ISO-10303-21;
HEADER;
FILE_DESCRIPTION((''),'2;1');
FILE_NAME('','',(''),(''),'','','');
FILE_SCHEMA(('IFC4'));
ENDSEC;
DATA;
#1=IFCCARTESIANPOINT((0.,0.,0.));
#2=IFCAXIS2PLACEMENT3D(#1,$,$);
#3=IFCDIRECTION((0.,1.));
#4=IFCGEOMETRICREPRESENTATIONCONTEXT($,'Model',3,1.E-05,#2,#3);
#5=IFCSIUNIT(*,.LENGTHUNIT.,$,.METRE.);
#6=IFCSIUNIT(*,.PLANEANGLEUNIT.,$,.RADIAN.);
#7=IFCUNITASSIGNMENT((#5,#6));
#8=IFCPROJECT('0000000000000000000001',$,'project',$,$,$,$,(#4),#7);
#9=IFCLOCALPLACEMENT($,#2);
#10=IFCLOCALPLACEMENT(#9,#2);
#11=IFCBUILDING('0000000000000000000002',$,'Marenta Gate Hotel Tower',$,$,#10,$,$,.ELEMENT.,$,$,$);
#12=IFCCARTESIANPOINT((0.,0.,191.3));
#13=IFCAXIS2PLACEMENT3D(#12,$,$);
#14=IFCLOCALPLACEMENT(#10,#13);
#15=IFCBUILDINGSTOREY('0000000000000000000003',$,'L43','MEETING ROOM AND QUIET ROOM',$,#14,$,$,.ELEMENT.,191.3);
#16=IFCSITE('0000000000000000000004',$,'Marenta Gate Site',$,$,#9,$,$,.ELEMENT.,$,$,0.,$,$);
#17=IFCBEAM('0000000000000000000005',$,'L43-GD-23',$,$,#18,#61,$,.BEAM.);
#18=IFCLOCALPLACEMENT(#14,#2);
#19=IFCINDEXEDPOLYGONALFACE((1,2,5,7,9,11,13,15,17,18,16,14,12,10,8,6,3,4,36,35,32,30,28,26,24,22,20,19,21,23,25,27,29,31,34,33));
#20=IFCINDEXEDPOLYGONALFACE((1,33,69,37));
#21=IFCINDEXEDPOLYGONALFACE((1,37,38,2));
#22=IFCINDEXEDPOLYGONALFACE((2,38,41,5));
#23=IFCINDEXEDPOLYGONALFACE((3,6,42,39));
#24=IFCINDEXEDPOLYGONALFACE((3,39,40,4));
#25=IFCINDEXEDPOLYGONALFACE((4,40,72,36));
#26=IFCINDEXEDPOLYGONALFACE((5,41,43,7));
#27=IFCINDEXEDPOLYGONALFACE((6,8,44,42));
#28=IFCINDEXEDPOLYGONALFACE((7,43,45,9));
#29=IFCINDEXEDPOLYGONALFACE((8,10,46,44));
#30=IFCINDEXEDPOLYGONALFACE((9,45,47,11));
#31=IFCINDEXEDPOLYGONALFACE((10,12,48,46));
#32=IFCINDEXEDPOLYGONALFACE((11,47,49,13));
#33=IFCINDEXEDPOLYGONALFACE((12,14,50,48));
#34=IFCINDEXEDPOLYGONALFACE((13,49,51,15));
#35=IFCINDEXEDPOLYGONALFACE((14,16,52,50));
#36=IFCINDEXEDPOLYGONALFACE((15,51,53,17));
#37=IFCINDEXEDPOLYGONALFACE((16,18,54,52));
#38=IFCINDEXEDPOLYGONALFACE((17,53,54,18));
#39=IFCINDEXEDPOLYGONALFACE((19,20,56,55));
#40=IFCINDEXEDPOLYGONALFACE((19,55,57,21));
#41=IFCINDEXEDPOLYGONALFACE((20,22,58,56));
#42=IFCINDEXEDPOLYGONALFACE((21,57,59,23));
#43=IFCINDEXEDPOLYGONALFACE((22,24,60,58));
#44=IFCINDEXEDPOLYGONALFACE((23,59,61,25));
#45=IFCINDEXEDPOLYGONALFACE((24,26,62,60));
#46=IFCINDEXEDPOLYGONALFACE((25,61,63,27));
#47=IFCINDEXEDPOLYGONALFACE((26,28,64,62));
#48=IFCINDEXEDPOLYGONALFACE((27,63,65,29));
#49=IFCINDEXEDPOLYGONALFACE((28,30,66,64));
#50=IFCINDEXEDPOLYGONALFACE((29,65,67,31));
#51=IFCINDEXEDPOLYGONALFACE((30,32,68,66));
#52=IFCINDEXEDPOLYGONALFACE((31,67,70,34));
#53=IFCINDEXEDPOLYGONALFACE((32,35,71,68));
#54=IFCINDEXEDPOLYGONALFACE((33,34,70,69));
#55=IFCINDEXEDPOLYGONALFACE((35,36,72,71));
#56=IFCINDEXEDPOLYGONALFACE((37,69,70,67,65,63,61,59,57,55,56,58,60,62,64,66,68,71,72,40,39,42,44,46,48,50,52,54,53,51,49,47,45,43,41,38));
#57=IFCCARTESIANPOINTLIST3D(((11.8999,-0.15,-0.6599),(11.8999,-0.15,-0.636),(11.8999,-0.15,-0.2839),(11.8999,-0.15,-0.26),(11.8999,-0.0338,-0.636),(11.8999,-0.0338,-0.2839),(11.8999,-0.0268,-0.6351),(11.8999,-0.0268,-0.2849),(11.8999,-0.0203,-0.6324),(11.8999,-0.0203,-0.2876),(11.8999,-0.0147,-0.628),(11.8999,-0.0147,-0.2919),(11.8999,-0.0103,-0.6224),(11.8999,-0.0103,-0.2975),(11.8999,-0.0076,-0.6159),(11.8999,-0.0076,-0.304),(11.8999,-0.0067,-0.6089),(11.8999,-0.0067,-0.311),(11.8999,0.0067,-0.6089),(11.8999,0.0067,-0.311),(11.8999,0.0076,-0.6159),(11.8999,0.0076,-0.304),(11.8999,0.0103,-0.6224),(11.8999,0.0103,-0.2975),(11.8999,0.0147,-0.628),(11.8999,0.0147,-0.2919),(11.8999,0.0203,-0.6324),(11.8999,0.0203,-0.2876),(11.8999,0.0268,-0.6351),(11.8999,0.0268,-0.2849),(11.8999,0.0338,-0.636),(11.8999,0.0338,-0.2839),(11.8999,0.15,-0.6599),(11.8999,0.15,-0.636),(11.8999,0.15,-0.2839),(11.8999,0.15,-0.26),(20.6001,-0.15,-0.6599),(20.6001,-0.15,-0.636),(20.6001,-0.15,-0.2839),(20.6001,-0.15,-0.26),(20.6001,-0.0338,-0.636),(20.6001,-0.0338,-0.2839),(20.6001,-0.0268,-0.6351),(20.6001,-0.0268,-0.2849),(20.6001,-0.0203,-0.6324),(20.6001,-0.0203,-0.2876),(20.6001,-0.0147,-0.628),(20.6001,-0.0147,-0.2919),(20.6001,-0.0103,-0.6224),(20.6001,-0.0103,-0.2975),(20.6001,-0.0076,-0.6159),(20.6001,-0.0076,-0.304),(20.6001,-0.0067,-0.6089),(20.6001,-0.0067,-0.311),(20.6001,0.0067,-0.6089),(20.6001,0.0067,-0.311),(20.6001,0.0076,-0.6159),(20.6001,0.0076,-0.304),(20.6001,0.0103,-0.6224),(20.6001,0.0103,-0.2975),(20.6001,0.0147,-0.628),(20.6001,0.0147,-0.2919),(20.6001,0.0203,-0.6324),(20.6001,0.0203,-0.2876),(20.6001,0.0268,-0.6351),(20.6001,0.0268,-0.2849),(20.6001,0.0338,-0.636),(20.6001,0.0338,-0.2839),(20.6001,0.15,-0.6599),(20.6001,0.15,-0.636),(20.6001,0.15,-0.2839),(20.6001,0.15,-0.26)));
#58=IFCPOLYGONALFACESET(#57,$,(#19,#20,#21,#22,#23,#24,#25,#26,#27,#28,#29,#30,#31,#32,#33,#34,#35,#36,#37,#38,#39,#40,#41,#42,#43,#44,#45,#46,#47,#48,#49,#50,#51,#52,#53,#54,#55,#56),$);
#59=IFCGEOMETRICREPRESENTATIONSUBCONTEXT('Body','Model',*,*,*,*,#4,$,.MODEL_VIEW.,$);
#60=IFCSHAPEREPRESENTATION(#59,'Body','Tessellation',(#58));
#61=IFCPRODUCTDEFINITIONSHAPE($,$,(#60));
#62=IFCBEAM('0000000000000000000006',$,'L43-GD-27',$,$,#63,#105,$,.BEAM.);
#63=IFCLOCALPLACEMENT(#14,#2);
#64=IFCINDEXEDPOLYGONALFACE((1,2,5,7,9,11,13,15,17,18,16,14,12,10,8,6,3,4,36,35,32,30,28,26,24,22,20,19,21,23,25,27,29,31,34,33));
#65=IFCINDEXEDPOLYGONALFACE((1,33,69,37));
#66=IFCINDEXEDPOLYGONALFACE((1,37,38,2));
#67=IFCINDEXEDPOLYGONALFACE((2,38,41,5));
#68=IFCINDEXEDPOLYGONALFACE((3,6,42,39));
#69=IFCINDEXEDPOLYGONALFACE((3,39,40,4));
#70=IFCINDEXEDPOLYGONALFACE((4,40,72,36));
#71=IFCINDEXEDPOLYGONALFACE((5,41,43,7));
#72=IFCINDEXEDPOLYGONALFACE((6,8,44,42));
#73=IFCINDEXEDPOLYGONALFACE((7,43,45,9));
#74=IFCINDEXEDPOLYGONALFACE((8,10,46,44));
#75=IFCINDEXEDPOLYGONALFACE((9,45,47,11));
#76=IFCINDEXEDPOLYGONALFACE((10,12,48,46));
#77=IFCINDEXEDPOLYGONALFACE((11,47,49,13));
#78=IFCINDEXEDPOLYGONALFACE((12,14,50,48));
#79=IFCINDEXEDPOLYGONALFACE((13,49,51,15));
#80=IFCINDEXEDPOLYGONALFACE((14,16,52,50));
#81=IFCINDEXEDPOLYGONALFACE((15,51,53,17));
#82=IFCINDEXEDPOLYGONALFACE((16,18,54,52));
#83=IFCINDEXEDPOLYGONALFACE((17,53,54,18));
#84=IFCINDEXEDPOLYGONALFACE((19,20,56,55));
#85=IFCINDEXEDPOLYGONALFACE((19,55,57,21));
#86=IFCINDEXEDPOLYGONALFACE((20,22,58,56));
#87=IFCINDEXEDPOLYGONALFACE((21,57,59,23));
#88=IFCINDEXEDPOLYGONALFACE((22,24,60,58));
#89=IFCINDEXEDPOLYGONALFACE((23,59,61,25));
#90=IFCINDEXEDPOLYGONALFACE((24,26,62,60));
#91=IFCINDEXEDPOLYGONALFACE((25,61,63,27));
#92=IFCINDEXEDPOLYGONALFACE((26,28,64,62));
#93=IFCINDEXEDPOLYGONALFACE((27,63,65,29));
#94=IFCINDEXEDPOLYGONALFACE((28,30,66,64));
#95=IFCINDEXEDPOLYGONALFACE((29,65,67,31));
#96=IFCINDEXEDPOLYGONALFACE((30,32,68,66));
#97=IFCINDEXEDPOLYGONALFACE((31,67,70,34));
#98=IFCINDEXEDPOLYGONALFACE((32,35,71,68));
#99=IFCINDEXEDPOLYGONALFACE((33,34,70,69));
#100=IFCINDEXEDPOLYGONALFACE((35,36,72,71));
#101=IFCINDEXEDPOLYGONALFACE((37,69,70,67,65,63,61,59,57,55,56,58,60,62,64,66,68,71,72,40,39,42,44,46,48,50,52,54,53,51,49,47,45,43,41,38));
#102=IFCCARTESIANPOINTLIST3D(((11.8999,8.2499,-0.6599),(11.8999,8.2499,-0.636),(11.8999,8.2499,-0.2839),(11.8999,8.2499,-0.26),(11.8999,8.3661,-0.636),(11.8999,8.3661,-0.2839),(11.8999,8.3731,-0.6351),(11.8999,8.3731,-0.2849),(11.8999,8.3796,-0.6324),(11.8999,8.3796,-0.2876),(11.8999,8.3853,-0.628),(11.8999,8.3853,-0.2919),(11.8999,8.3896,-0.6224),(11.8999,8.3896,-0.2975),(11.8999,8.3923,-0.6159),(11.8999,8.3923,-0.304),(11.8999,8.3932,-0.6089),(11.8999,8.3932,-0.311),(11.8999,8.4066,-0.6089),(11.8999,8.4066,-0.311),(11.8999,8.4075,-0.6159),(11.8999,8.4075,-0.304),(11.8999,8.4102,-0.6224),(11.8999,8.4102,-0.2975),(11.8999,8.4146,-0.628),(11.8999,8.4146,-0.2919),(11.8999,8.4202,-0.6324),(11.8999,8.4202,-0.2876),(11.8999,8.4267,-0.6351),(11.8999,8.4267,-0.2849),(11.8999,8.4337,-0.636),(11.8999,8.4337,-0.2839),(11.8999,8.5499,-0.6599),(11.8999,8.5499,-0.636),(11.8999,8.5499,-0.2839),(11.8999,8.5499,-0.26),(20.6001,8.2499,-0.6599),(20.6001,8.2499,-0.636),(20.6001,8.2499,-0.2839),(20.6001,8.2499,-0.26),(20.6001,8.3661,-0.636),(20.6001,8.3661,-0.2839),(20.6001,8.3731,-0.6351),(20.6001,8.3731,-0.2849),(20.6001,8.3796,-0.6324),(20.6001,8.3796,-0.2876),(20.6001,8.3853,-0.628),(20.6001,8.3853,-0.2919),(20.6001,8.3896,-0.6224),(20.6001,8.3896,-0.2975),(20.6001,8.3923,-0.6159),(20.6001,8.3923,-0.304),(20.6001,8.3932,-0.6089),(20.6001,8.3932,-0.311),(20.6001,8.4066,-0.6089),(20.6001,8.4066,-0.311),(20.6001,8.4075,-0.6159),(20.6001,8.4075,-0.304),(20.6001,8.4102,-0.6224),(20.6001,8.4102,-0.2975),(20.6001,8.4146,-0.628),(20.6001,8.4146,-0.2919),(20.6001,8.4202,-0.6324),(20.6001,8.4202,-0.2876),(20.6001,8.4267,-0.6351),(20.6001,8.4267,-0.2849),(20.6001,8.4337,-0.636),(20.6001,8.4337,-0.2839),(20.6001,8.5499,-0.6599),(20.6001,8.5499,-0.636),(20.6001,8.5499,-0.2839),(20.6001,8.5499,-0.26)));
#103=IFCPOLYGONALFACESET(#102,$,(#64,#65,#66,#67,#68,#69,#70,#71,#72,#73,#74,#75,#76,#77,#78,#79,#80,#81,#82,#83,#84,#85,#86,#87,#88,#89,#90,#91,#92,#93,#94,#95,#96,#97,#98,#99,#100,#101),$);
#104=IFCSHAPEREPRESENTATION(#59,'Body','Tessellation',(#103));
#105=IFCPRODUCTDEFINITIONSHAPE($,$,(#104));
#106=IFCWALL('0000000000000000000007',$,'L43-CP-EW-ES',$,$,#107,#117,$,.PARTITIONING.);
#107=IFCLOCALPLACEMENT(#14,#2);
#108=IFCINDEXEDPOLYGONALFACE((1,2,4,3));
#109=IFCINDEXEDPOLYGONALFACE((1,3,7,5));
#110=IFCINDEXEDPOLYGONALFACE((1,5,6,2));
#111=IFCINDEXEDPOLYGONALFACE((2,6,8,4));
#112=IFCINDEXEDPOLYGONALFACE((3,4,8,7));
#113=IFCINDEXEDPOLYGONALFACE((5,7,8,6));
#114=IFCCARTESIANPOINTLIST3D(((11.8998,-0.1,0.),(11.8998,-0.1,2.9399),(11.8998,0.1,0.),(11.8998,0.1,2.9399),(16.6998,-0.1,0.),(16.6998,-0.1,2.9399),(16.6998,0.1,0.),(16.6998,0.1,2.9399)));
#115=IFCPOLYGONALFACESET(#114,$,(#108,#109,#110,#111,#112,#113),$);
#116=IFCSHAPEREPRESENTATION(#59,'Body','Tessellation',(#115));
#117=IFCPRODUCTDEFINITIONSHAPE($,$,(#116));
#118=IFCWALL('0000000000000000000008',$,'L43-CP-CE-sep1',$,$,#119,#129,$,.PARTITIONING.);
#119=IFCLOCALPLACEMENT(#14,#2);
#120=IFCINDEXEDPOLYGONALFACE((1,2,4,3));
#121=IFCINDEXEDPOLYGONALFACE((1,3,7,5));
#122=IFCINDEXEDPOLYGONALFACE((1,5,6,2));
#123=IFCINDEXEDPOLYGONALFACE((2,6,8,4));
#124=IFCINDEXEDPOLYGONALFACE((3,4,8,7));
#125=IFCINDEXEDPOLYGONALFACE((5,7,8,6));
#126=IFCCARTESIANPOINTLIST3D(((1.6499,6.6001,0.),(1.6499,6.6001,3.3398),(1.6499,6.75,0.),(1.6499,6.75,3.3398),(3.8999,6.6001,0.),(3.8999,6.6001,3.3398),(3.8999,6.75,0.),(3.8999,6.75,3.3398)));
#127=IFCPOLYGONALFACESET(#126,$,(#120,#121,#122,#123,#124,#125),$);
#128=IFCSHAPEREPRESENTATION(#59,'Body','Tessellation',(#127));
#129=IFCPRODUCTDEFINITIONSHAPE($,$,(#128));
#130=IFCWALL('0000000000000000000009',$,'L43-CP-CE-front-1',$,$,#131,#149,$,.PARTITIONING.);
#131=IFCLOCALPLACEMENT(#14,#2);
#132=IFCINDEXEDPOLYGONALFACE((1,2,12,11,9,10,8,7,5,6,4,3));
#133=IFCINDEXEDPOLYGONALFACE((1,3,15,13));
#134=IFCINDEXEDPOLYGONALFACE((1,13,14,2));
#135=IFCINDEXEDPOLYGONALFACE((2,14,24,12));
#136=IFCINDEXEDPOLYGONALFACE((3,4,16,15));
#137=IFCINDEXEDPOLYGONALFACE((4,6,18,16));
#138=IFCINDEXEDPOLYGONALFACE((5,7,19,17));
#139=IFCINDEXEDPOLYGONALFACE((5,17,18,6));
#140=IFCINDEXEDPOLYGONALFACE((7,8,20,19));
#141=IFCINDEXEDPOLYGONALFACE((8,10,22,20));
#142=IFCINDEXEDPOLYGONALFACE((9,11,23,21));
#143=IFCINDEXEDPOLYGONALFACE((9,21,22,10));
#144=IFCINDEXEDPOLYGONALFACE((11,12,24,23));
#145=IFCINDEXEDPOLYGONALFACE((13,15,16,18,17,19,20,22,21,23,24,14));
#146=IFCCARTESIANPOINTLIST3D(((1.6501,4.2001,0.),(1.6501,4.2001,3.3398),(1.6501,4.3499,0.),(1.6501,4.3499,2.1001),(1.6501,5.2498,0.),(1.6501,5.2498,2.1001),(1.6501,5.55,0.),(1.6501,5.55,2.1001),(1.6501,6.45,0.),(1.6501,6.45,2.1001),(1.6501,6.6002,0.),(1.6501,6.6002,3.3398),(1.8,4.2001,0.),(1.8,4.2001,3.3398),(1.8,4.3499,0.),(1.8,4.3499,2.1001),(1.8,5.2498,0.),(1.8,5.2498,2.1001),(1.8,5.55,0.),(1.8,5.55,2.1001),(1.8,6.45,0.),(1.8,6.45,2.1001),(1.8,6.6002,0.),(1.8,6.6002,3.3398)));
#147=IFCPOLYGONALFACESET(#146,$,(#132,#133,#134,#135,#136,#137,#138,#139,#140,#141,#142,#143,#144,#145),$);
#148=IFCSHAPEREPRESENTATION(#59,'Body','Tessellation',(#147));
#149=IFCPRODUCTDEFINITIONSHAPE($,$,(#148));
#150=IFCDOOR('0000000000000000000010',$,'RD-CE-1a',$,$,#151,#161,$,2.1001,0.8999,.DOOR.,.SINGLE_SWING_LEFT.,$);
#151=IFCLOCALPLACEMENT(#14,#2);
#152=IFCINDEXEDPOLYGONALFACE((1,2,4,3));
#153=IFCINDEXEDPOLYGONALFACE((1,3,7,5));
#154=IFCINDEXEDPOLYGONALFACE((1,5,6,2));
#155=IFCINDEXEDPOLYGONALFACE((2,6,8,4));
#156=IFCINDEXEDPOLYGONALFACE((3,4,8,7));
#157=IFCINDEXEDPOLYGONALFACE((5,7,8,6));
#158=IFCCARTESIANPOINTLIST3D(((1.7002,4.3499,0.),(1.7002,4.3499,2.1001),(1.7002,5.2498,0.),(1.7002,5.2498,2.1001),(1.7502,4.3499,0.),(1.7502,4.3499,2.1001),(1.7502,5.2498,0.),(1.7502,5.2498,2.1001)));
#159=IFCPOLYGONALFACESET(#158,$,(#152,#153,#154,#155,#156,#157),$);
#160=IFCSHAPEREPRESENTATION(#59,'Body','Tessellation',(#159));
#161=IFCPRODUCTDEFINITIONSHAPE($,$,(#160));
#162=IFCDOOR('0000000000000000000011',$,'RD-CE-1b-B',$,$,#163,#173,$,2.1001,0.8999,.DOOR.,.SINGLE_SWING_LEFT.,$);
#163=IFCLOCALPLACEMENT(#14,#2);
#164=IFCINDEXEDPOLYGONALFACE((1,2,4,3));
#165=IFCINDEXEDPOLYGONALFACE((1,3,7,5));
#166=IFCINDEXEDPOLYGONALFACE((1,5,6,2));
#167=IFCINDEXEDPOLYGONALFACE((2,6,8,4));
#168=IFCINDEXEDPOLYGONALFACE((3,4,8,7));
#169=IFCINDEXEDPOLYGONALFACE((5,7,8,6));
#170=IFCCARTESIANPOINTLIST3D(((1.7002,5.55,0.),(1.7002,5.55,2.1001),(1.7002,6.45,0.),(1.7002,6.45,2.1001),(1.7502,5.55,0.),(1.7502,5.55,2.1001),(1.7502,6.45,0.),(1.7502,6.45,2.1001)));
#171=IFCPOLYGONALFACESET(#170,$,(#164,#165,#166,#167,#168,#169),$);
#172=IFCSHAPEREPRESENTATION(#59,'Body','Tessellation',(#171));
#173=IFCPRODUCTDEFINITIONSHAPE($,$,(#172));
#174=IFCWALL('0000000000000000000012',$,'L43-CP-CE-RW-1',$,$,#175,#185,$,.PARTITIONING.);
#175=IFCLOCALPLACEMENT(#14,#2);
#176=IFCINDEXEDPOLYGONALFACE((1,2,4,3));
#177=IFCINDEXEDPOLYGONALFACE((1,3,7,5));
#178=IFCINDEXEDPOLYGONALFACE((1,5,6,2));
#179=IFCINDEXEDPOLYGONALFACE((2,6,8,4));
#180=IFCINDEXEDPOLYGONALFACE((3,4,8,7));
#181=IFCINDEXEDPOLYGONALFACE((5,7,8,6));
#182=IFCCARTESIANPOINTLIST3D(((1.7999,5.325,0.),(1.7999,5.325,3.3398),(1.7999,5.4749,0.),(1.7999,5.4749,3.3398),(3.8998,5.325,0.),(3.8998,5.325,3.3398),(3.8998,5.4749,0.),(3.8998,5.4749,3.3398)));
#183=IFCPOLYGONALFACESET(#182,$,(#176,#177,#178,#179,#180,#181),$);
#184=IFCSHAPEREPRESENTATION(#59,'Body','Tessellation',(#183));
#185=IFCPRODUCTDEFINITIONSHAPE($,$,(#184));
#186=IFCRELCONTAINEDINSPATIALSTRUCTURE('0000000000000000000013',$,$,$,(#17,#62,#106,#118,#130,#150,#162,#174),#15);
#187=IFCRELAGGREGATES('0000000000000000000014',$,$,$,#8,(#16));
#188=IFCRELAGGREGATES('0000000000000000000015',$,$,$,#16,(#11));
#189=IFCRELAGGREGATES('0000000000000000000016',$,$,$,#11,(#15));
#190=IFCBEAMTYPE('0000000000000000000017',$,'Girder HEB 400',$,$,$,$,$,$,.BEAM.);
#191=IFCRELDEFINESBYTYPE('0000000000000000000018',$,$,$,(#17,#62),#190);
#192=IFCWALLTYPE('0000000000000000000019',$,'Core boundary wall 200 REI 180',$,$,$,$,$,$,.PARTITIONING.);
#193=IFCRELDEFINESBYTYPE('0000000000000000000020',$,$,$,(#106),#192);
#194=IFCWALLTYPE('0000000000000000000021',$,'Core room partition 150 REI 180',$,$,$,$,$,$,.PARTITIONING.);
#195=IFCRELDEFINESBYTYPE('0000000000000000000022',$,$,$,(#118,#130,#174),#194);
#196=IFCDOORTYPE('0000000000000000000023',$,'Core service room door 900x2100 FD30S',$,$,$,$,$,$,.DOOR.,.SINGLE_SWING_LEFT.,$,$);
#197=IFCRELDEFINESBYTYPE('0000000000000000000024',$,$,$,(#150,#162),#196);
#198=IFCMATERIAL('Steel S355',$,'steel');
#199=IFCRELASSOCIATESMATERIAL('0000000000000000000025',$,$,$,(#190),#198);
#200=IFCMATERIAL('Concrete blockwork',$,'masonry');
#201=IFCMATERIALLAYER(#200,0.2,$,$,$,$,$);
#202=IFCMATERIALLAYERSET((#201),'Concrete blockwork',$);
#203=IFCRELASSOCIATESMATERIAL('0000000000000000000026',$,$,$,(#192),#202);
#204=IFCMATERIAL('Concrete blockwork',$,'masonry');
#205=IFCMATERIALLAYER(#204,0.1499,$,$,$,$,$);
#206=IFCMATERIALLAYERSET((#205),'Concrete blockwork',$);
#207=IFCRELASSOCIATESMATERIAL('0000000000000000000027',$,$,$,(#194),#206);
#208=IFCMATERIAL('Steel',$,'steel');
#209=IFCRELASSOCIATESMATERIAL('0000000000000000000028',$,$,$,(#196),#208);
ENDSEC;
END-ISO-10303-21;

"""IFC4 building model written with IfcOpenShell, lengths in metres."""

from ifc_helpers import new_model, si_unit, direction, frame, frame_2d, origin, origin_2d, place, context, subcontext, project, spatial, rectangle, i_section, extrude, material, layer, layer_set, material_profile, profile_set, type_object, element, fill, save


model = new_model("IFC4")

# Units and contexts
model_context = context("Model", 3, precision=1e-05, world=origin(), true_north=direction((0.0, 1.0)))
body_context = subcontext(model_context, "Body", "Model", "MODEL_VIEW")
ifc_project = project(units=[si_unit("LENGTHUNIT", "METRE"), si_unit("PLANEANGLEUNIT", "RADIAN")], contexts=[model_context])

# Site, building, storey
site_placement = place(None, origin())
site = spatial("IfcSite", under=ifc_project, at=site_placement, Name="Marenta Gate Site", CompositionType="ELEMENT", RefElevation=0.0)
building_placement = place(site_placement, origin())
building = spatial("IfcBuilding", under=site, at=building_placement, Name="Marenta Gate Hotel Tower", CompositionType="ELEMENT")
storey_placement = place(building_placement, frame((0.0, 0.0, 191.3)))
storey = spatial("IfcBuildingStorey", under=building, at=storey_placement, Name="L43", Description="MEETING ROOM AND QUIET ROOM", CompositionType="ELEMENT", Elevation=191.3)

# Beams
ifc_material_1 = material(Name="Steel S355", Category="steel")
ifc_material_profile = material_profile(ifc_material_1, i_section(OverallWidth=0.3, OverallDepth=0.3999, WebThickness=0.0134, FlangeThickness=0.0239, FilletRadius=0.0271, at=origin_2d()), Name="HEB 400")
ifc_profile_set = profile_set([ifc_material_profile], Name="Steel S355")
beam_type = type_object("IfcBeamType", Name="Girder HEB 400", PredefinedType="BEAM", material=ifc_profile_set)
for number, where, z_axis, x_axis, name in (
    (1, (11.8999, 0.0, -0.46), (1.0, 0.0, 0.0), (0.0, 1.0, 0.0), "L43-GD-23"),
    (2, (11.8999, 8.3999, -0.46), (1.0, 0.0, 0.0), (0.0, 1.0, 0.0), "L43-GD-27"),
):
    element("IfcBeam", number, at=place(storey_placement, frame(where, z_axis=z_axis, x_axis=x_axis)), inside=storey, type_object=beam_type, Name=name, PredefinedType="BEAM", context=body_context, shape_type="SweptSolid", body=[
        extrude(i_section(OverallWidth=0.3, OverallDepth=0.3999, WebThickness=0.0134, FlangeThickness=0.0239, FilletRadius=0.0271, at=origin_2d()), origin(), (0.0, 0.0, 1.0), 8.7002),
    ])

# Walls
ifc_material_2 = material(Name="Concrete blockwork", Category="masonry")
ifc_layer_1 = layer(ifc_material_2, 0.2)
ifc_layer_set_1 = layer_set([ifc_layer_1], Name="Concrete blockwork")
wall_type_1 = type_object("IfcWallType", Name="Core boundary wall 200 REI 180", PredefinedType="PARTITIONING", material=ifc_layer_set_1)
wall_1_placement = place(storey_placement, frame((11.8999, 0.0, 0.0), z_axis=(0.0, 0.0, 1.0), x_axis=(1.0, 0.0, 0.0)))
element("IfcWall", 3, at=wall_1_placement, inside=storey, type_object=wall_type_1, Name="L43-CP-EW-ES", PredefinedType="PARTITIONING", context=body_context, shape_type="SweptSolid", body=[
    extrude(rectangle(XDim=4.8, YDim=0.2, at=frame_2d((2.3999, 0.0))), origin(), (0.0, 0.0, 1.0), 2.9399),
])
ifc_material_3 = material(Name="Concrete blockwork", Category="masonry")
ifc_layer_2 = layer(ifc_material_3, 0.1499)
ifc_layer_set_2 = layer_set([ifc_layer_2], Name="Concrete blockwork")
wall_type_2 = type_object("IfcWallType", Name="Core room partition 150 REI 180", PredefinedType="PARTITIONING", material=ifc_layer_set_2)
wall_2_placement = place(storey_placement, frame((1.6499, 6.675, 0.0), z_axis=(0.0, 0.0, 1.0), x_axis=(1.0, 0.0, 0.0)))
element("IfcWall", 4, at=wall_2_placement, inside=storey, type_object=wall_type_2, Name="L43-CP-CE-sep1", PredefinedType="PARTITIONING", context=body_context, shape_type="SweptSolid", body=[
    extrude(rectangle(XDim=2.25, YDim=0.1499, at=frame_2d((1.125, 0.0))), origin(), (0.0, 0.0, 1.0), 3.3398),
])

# Wall, openings, doors
wall_3_placement = place(storey_placement, frame((1.7251, 4.2, 0.0), z_axis=(0.0, 0.0, 1.0), x_axis=(0.0, 1.0, 0.0)))
wall_3 = element("IfcWall", 5, at=wall_3_placement, inside=storey, type_object=wall_type_2, Name="L43-CP-CE-front-1", PredefinedType="PARTITIONING", context=body_context, shape_type="SweptSolid", body=[
    extrude(rectangle(XDim=2.4001, YDim=0.1499, at=frame_2d((1.2002, 0.0))), origin(), (0.0, 0.0, 1.0), 3.3398),
])
opening_1_placement = place(wall_3_placement, frame((0.1499, 0.0, 0.0)))
opening_1 = element("IfcOpeningElement", 6, at=opening_1_placement, cuts=wall_3, PredefinedType="OPENING", context=body_context, shape_type="SweptSolid", body=[
    extrude(rectangle(XDim=0.8999, YDim=2.1001, at=frame_2d((0.45, 1.05))), frame((0.0, 0.075, 0.0), z_axis=(0.0, -1.0, 0.0), x_axis=(1.0, 0.0, 0.0)), (0.0, 0.0, 1.0), 0.1499),
])
opening_2_placement = place(wall_3_placement, frame((1.3501, 0.0, 0.0)))
opening_2 = element("IfcOpeningElement", 7, at=opening_2_placement, cuts=wall_3, PredefinedType="OPENING", context=body_context, shape_type="SweptSolid", body=[
    extrude(rectangle(XDim=0.8999, YDim=2.1001, at=frame_2d((0.45, 1.05))), frame((0.0, 0.075, 0.0), z_axis=(0.0, -1.0, 0.0), x_axis=(1.0, 0.0, 0.0)), (0.0, 0.0, 1.0), 0.1499),
])
ifc_material_4 = material(Name="Steel", Category="steel")
door_type_1 = type_object("IfcDoorType", Name="Core service room door 900x2100 FD30S", OperationType="SINGLE_SWING_LEFT", PredefinedType="DOOR", material=ifc_material_4)
door_1_placement = place(opening_1_placement, origin())
door_1 = element("IfcDoor", 8, at=door_1_placement, inside=storey, type_object=door_type_1, Name="RD-CE-1a", OperationType="SINGLE_SWING_LEFT", OverallHeight=2.1001, OverallWidth=0.8999, PredefinedType="DOOR", context=body_context, shape_type="SweptSolid", body=[
    extrude(rectangle(XDim=0.8999, YDim=2.1001, at=frame_2d((0.45, 1.05))), frame((0.0, 0.0249, 0.0), z_axis=(0.0, -1.0, 0.0), x_axis=(1.0, 0.0, 0.0)), (0.0, 0.0, 1.0), 0.05),
])
fill(opening_1, door_1)
door_2_placement = place(opening_2_placement, origin())
door_2 = element("IfcDoor", 9, at=door_2_placement, inside=storey, type_object=door_type_1, Name="RD-CE-1b-B", OperationType="SINGLE_SWING_LEFT", OverallHeight=2.1001, OverallWidth=0.8999, PredefinedType="DOOR", context=body_context, shape_type="SweptSolid", body=[
    extrude(rectangle(XDim=0.8999, YDim=2.1001, at=frame_2d((0.45, 1.05))), frame((0.0, 0.0249, 0.0), z_axis=(0.0, -1.0, 0.0), x_axis=(1.0, 0.0, 0.0)), (0.0, 0.0, 1.0), 0.05),
])
fill(opening_2, door_2)

# Wall
wall_4_placement = place(storey_placement, frame((1.8, 5.3999, 0.0), z_axis=(0.0, 0.0, 1.0), x_axis=(1.0, 0.0, 0.0)))
element("IfcWall", 10, at=wall_4_placement, inside=storey, type_object=wall_type_2, Name="L43-CP-CE-RW-1", PredefinedType="PARTITIONING", context=body_context, shape_type="SweptSolid", body=[
    extrude(rectangle(XDim=2.0999, YDim=0.1499, at=frame_2d((1.0498, 0.0))), origin(), (0.0, 0.0, 1.0), 3.3398),
])

save(model, "model.ifc")
